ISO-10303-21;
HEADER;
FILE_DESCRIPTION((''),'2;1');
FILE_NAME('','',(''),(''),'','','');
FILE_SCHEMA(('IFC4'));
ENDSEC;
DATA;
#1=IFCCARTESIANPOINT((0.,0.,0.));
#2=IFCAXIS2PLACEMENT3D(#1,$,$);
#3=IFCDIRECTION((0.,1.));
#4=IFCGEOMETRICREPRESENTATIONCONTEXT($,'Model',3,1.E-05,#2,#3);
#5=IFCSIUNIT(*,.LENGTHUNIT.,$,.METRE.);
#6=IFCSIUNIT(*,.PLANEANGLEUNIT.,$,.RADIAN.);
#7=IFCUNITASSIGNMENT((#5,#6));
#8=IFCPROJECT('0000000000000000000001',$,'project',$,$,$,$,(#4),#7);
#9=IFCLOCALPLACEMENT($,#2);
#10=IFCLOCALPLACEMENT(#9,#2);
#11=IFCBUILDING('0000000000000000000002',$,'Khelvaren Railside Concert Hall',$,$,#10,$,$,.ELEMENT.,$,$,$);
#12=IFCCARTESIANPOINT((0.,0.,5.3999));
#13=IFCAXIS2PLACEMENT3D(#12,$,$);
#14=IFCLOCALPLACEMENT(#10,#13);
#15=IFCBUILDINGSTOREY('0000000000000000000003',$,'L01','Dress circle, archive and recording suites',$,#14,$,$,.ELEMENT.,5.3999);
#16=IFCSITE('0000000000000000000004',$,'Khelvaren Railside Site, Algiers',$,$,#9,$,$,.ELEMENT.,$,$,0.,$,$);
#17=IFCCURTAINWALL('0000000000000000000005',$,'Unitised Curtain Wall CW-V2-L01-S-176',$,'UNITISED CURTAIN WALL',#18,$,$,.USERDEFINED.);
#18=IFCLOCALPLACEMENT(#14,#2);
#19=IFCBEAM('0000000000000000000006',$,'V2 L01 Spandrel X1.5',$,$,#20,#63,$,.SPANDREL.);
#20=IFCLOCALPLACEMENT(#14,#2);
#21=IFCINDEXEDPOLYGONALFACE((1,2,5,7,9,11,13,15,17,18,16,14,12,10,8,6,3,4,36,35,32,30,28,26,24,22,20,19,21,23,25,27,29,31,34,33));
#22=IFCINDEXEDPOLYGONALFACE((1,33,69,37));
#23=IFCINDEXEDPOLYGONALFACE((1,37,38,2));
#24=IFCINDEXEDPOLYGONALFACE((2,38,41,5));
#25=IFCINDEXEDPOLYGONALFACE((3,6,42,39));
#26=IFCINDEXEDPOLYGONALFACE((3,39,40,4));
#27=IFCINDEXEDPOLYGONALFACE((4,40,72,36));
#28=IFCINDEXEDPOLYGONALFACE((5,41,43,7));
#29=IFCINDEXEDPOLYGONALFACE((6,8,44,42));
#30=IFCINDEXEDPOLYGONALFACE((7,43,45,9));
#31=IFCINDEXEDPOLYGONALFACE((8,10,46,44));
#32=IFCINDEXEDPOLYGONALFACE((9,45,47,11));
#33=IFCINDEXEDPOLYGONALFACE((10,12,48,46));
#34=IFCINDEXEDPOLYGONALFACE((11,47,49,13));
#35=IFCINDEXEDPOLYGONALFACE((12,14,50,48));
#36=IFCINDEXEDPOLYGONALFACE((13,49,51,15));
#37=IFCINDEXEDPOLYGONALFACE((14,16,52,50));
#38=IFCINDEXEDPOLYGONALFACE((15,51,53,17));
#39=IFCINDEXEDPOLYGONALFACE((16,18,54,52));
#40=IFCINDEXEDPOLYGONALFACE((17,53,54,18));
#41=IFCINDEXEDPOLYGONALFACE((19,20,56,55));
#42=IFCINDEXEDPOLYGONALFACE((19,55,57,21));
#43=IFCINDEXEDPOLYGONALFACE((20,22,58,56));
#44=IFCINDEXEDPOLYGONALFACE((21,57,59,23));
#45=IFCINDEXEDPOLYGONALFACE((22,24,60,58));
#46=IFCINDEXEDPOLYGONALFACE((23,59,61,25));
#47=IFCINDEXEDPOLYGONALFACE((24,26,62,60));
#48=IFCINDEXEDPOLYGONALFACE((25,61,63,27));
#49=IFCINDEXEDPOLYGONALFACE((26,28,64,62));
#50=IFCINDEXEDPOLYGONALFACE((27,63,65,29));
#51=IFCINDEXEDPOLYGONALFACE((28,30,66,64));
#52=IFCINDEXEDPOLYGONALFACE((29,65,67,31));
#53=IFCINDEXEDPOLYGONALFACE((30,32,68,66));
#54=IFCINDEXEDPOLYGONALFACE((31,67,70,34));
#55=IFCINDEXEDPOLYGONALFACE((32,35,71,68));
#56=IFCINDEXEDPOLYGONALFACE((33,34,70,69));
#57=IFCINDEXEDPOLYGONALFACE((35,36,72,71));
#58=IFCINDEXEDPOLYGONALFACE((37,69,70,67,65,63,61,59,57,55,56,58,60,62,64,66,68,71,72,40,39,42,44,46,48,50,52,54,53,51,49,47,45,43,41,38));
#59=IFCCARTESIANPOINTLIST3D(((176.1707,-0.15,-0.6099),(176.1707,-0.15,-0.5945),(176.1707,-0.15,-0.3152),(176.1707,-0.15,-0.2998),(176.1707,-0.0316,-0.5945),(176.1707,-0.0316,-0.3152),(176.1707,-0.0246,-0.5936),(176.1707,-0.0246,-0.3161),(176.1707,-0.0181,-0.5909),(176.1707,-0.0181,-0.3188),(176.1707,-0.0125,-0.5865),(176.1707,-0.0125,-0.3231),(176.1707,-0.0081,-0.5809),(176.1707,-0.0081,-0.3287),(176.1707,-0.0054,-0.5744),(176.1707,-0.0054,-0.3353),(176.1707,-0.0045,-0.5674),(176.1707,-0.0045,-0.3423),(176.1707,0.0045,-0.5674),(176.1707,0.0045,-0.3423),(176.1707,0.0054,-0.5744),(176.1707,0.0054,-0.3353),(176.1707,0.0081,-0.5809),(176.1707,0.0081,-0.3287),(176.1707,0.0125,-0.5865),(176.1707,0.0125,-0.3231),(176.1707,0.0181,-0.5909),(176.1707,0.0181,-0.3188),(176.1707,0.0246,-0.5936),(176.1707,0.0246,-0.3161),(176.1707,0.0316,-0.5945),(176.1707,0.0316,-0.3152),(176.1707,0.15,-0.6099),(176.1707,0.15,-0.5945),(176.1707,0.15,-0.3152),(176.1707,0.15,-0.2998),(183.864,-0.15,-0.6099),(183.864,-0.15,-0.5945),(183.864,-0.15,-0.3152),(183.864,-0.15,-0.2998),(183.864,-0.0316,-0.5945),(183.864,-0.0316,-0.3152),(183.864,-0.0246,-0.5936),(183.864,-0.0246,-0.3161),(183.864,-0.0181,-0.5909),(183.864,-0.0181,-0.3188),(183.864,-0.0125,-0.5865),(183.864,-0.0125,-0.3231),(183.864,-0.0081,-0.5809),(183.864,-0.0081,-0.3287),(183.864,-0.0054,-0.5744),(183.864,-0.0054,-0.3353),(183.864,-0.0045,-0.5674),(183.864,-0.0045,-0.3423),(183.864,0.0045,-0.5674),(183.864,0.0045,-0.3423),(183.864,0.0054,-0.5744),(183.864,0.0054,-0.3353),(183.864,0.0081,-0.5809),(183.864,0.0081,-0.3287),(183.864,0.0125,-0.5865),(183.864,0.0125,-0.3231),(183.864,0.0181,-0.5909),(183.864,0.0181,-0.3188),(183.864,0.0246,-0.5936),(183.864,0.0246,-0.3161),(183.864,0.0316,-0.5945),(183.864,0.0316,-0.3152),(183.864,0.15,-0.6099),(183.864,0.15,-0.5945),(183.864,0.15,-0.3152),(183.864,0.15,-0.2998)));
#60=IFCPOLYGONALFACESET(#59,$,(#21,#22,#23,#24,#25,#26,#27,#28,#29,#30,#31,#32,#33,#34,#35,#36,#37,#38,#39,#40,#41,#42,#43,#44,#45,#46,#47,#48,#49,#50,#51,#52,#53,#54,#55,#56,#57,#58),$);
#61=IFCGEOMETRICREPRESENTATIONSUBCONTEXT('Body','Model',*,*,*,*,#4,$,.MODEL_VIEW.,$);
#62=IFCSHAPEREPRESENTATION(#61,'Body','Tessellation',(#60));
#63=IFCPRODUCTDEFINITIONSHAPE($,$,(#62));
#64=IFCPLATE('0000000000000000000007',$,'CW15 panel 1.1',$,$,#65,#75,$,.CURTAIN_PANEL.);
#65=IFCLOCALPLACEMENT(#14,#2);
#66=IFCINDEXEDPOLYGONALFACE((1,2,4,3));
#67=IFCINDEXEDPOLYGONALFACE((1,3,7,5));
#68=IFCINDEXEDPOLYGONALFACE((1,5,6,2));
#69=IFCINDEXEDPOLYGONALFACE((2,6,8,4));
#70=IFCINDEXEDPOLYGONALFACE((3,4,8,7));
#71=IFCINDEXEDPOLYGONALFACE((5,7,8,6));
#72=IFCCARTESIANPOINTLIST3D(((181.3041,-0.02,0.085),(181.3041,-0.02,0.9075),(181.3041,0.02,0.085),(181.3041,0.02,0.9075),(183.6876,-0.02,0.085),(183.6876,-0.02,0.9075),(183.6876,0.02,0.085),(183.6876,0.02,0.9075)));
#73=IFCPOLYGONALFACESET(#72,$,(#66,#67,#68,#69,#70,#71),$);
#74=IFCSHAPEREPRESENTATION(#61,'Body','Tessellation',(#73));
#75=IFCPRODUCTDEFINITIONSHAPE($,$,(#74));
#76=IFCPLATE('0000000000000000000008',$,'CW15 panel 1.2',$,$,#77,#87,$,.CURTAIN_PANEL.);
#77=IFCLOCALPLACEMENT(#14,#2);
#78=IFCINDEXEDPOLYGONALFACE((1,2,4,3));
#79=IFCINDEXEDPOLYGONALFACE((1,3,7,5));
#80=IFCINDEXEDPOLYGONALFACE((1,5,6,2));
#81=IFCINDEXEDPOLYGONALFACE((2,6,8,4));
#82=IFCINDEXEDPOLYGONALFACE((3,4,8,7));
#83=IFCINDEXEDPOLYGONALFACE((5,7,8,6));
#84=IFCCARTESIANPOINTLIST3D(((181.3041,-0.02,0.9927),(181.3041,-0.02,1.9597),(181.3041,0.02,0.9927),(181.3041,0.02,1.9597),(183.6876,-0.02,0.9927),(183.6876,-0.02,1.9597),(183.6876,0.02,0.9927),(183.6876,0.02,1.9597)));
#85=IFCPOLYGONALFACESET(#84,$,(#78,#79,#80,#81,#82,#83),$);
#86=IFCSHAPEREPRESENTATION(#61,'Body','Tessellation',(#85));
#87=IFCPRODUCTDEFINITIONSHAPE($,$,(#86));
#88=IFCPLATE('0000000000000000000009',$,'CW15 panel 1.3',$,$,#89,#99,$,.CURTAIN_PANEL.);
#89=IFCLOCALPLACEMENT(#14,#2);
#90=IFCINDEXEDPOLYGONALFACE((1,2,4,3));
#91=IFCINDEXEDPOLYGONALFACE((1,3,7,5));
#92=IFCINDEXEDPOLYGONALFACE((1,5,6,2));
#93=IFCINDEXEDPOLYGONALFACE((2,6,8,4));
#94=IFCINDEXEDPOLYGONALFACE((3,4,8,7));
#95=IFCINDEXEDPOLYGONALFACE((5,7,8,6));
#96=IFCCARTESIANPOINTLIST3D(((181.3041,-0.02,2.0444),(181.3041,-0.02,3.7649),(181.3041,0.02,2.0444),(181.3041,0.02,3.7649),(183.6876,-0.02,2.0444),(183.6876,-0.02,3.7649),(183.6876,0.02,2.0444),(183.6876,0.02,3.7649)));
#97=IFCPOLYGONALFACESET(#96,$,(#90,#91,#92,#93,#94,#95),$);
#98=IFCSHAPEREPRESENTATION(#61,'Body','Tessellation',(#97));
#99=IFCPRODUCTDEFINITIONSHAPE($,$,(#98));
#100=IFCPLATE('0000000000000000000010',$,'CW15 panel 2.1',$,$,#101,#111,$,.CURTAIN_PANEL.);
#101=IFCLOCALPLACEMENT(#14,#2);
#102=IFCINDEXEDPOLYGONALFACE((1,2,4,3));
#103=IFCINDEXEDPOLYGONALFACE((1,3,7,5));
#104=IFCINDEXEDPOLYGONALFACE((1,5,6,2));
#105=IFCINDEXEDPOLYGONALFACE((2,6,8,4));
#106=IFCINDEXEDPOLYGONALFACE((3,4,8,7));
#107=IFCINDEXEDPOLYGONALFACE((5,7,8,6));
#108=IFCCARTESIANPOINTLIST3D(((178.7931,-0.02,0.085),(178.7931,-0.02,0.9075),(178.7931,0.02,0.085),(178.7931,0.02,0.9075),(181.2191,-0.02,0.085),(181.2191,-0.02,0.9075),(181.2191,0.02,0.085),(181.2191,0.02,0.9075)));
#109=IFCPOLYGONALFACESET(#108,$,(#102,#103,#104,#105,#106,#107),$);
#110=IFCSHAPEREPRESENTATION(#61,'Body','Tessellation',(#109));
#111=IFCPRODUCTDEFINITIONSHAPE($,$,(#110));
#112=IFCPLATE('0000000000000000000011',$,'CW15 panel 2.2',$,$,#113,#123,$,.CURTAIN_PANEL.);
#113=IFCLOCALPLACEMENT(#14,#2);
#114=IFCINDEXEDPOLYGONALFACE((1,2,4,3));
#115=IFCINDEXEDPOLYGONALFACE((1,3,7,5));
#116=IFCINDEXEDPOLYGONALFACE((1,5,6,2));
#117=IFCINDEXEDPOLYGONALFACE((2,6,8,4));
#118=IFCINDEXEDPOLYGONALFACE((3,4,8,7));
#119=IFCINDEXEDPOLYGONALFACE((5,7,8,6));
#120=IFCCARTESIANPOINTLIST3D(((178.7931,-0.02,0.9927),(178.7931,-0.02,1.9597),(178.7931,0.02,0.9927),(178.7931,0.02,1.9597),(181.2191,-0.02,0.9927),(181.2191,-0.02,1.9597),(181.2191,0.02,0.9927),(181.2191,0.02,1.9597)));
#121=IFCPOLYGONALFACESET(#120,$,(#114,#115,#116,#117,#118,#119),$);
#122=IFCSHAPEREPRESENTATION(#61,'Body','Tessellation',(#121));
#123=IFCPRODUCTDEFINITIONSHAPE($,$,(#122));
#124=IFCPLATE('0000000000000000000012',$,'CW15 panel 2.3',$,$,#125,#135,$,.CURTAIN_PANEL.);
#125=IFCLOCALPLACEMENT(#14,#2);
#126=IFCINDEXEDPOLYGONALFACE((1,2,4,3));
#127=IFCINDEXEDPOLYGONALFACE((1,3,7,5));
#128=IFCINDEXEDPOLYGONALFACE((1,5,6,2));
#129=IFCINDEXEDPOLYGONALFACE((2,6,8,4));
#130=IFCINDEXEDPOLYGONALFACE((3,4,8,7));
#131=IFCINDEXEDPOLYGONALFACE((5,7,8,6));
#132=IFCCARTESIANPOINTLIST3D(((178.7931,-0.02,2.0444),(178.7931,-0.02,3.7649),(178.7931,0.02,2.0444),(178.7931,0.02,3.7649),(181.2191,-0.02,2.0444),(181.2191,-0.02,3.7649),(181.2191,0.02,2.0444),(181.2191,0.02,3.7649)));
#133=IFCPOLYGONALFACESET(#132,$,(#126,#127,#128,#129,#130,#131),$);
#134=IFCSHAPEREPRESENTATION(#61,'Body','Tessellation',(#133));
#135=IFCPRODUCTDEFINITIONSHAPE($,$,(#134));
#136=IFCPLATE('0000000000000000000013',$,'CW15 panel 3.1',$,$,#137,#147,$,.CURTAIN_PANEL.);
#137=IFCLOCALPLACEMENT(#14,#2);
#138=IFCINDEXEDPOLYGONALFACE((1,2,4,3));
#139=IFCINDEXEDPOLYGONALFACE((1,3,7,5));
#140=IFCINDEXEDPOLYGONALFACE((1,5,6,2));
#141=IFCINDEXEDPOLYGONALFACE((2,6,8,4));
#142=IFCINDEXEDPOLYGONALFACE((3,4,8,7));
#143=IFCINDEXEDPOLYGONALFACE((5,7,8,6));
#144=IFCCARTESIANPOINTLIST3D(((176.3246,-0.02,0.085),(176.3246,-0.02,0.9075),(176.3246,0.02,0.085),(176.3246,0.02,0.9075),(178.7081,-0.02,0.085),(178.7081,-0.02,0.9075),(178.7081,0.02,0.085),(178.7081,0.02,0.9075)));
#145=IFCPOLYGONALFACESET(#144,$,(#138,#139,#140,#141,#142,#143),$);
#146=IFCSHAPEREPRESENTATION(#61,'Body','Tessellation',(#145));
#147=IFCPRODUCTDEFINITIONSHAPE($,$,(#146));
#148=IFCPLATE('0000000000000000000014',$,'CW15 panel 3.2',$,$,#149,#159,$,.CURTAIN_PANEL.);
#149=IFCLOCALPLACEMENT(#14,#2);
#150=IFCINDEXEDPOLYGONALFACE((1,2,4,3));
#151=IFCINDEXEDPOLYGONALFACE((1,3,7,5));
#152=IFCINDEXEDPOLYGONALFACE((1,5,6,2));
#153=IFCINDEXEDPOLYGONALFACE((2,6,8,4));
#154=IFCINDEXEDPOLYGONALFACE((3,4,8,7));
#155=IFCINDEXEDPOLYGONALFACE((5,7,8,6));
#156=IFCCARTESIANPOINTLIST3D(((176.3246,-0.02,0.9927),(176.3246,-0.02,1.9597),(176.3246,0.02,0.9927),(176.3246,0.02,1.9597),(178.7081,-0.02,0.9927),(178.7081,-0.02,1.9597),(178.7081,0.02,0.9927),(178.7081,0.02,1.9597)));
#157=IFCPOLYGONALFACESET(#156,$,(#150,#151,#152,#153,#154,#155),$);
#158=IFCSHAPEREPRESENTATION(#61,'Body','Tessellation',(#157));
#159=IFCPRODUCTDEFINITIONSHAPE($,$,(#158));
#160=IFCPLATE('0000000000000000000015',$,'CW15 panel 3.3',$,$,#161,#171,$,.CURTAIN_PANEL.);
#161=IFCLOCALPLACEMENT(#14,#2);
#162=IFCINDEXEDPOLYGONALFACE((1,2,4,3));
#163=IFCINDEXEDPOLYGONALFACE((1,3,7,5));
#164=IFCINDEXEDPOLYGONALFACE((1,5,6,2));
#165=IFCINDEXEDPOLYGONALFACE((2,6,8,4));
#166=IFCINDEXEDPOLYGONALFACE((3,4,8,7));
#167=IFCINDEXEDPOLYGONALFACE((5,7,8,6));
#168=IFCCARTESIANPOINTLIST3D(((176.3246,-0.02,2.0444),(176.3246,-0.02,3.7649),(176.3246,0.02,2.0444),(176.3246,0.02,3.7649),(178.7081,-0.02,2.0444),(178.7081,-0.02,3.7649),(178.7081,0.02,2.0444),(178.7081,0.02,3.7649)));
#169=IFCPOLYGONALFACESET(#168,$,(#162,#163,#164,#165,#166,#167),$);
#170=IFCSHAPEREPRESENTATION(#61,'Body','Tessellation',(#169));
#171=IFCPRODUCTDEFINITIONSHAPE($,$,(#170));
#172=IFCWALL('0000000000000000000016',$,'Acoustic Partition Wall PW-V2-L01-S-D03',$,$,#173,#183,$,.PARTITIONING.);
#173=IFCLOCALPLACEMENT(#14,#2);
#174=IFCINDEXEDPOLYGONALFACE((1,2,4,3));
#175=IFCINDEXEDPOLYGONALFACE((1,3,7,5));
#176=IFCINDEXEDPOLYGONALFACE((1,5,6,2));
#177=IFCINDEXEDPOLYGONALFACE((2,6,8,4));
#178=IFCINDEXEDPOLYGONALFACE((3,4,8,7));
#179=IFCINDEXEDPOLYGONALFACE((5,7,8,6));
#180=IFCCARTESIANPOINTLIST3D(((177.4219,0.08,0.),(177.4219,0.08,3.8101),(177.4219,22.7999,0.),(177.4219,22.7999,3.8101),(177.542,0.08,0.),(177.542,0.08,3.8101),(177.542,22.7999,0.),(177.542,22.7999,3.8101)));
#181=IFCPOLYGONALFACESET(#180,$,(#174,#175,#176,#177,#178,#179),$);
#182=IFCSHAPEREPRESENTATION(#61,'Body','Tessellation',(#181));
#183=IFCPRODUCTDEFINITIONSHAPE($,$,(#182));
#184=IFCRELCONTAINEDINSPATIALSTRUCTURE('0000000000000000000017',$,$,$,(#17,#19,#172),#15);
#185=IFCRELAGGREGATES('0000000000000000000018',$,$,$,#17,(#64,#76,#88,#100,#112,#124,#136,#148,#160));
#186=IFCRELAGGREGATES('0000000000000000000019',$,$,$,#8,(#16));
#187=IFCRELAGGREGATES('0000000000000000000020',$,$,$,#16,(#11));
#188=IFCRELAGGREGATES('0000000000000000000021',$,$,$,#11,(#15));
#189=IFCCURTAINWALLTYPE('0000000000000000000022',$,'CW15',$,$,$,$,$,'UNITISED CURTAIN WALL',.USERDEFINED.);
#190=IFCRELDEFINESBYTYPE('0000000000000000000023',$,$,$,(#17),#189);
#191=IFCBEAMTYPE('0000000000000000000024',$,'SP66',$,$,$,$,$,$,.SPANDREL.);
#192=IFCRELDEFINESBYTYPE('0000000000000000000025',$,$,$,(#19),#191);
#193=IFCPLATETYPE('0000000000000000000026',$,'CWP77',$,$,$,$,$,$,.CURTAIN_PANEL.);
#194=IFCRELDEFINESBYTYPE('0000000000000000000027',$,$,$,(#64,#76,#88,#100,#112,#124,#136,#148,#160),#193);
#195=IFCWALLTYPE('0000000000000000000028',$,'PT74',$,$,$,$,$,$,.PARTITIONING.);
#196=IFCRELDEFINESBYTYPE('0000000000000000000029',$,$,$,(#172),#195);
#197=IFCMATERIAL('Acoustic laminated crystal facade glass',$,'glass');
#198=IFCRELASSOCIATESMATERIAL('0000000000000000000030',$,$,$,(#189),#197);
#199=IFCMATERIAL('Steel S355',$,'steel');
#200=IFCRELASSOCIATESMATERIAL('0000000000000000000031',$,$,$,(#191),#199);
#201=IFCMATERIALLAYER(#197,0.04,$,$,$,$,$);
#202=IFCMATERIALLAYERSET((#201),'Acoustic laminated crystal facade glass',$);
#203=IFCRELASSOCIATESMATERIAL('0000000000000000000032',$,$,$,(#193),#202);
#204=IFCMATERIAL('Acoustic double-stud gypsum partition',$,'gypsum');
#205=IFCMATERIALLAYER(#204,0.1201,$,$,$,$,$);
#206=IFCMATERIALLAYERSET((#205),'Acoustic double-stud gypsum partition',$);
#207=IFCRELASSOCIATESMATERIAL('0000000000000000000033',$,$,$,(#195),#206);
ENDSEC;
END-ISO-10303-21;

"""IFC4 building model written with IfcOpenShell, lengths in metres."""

from ifc_helpers import new_model, si_unit, direction, frame, frame_2d, origin, origin_2d, place, context, subcontext, project, spatial, rectangle, i_section, extrude, material, layer, layer_set, material_profile, profile_set, type_object, element, aggregate, save


model = new_model("IFC4")

# Units and contexts
model_context = context("Model", 3, precision=1e-05, world=origin(), true_north=direction((0.0, 1.0)))
body_context = subcontext(model_context, "Body", "Model", "MODEL_VIEW")
ifc_project = project(units=[si_unit("LENGTHUNIT", "METRE"), si_unit("PLANEANGLEUNIT", "RADIAN")], contexts=[model_context])

# Site, building, storey
site_placement = place(None, origin())
site = spatial("IfcSite", under=ifc_project, at=site_placement, Name="Khelvaren Railside Site, Algiers", CompositionType="ELEMENT", RefElevation=0.0)
building_placement = place(site_placement, origin())
building = spatial("IfcBuilding", under=site, at=building_placement, Name="Khelvaren Railside Concert Hall", CompositionType="ELEMENT")
storey_placement = place(building_placement, frame((0.0, 0.0, 5.3999)))
storey = spatial("IfcBuildingStorey", under=building, at=storey_placement, Name="L01", Description="Dress circle, archive and recording suites", CompositionType="ELEMENT", Elevation=5.3999)

# Curtain wall
ifc_material_1 = material(Name="Acoustic laminated crystal facade glass", Category="glass")
curtain_wall_type = type_object("IfcCurtainWallType", Name="CW15", ElementType="UNITISED CURTAIN WALL", PredefinedType="USERDEFINED", material=ifc_material_1)
curtain_wall_placement = place(storey_placement, origin())
curtain_wall = element("IfcCurtainWall", 1, at=curtain_wall_placement, inside=storey, type_object=curtain_wall_type, Name="Unitised Curtain Wall CW-V2-L01-S-176", ObjectType="UNITISED CURTAIN WALL", PredefinedType="USERDEFINED")

# Beam
ifc_material_2 = material(Name="Steel S355", Category="steel")
ifc_material_profile_1 = material_profile(ifc_material_2, i_section(OverallWidth=0.3, OverallDepth=0.3101, WebThickness=0.009, FlangeThickness=0.0154, FilletRadius=0.0271, at=origin_2d()), Name="HEA 320")
ifc_profile_set_1 = profile_set([ifc_material_profile_1], Name="Steel S355")
beam_type_1 = type_object("IfcBeamType", Name="SP66", PredefinedType="SPANDREL", material=ifc_profile_set_1)
beam_1_placement = place(storey_placement, frame((176.1707, 0.0, -0.4548), z_axis=(1.0, 0.0, 0.0), x_axis=(0.0, 1.0, 0.0)))
element("IfcBeam", 2, at=beam_1_placement, inside=storey, type_object=beam_type_1, Name="V2 L01 Spandrel X1.5", PredefinedType="SPANDREL", context=body_context, shape_type="SweptSolid", body=[
    extrude(i_section(OverallWidth=0.3, OverallDepth=0.3101, WebThickness=0.009, FlangeThickness=0.0154, FilletRadius=0.0271, at=origin_2d()), origin(), (0.0, 0.0, 1.0), 7.6934),
])

# Plates
ifc_layer_1 = layer(ifc_material_1, 0.04)
ifc_layer_set_1 = layer_set([ifc_layer_1], Name="Acoustic laminated crystal facade glass")
plate_type = type_object("IfcPlateType", Name="CWP77", PredefinedType="CURTAIN_PANEL", material=ifc_layer_set_1)
plate_1_placement = place(storey_placement, frame((182.4958, 0.0, 0.085), z_axis=(0.0, 0.0, 1.0), x_axis=(-1.0, 0.0, 0.0)))
plate_1 = element("IfcPlate", 3, at=plate_1_placement, type_object=plate_type, Name="CW15 panel 1.1", PredefinedType="CURTAIN_PANEL", context=body_context, shape_type="SweptSolid", body=[
    extrude(rectangle(XDim=2.3835, YDim=0.04, at=origin_2d()), origin(), (0.0, 0.0, 1.0), 0.8225),
])
plate_2_placement = place(storey_placement, frame((182.4958, 0.0, 0.9927), z_axis=(0.0, 0.0, 1.0), x_axis=(-1.0, 0.0, 0.0)))
plate_2 = element("IfcPlate", 4, at=plate_2_placement, type_object=plate_type, Name="CW15 panel 1.2", PredefinedType="CURTAIN_PANEL", context=body_context, shape_type="SweptSolid", body=[
    extrude(rectangle(XDim=2.3835, YDim=0.04, at=origin_2d()), origin(), (0.0, 0.0, 1.0), 0.967),
])
plate_3_placement = place(storey_placement, frame((182.4958, 0.0, 2.0444), z_axis=(0.0, 0.0, 1.0), x_axis=(-1.0, 0.0, 0.0)))
plate_3 = element("IfcPlate", 5, at=plate_3_placement, type_object=plate_type, Name="CW15 panel 1.3", PredefinedType="CURTAIN_PANEL", context=body_context, shape_type="SweptSolid", body=[
    extrude(rectangle(XDim=2.3835, YDim=0.04, at=origin_2d()), origin(), (0.0, 0.0, 1.0), 1.7205),
])
plate_4_placement = place(storey_placement, frame((180.0061, 0.0, 0.085), z_axis=(0.0, 0.0, 1.0), x_axis=(-1.0, 0.0, 0.0)))
plate_4 = element("IfcPlate", 6, at=plate_4_placement, type_object=plate_type, Name="CW15 panel 2.1", PredefinedType="CURTAIN_PANEL", context=body_context, shape_type="SweptSolid", body=[
    extrude(rectangle(XDim=2.426, YDim=0.04, at=origin_2d()), origin(), (0.0, 0.0, 1.0), 0.8225),
])
plate_5_placement = place(storey_placement, frame((180.0061, 0.0, 0.9927), z_axis=(0.0, 0.0, 1.0), x_axis=(-1.0, 0.0, 0.0)))
plate_5 = element("IfcPlate", 7, at=plate_5_placement, type_object=plate_type, Name="CW15 panel 2.2", PredefinedType="CURTAIN_PANEL", context=body_context, shape_type="SweptSolid", body=[
    extrude(rectangle(XDim=2.426, YDim=0.04, at=origin_2d()), origin(), (0.0, 0.0, 1.0), 0.967),
])
plate_6_placement = place(storey_placement, frame((180.0061, 0.0, 2.0444), z_axis=(0.0, 0.0, 1.0), x_axis=(-1.0, 0.0, 0.0)))
plate_6 = element("IfcPlate", 8, at=plate_6_placement, type_object=plate_type, Name="CW15 panel 2.3", PredefinedType="CURTAIN_PANEL", context=body_context, shape_type="SweptSolid", body=[
    extrude(rectangle(XDim=2.426, YDim=0.04, at=origin_2d()), origin(), (0.0, 0.0, 1.0), 1.7205),
])
plate_7_placement = place(storey_placement, frame((177.5164, 0.0, 0.085), z_axis=(0.0, 0.0, 1.0), x_axis=(-1.0, 0.0, 0.0)))
plate_7 = element("IfcPlate", 9, at=plate_7_placement, type_object=plate_type, Name="CW15 panel 3.1", PredefinedType="CURTAIN_PANEL", context=body_context, shape_type="SweptSolid", body=[
    extrude(rectangle(XDim=2.3835, YDim=0.04, at=origin_2d()), origin(), (0.0, 0.0, 1.0), 0.8225),
])
plate_8_placement = place(storey_placement, frame((177.5164, 0.0, 0.9927), z_axis=(0.0, 0.0, 1.0), x_axis=(-1.0, 0.0, 0.0)))
plate_8 = element("IfcPlate", 10, at=plate_8_placement, type_object=plate_type, Name="CW15 panel 3.2", PredefinedType="CURTAIN_PANEL", context=body_context, shape_type="SweptSolid", body=[
    extrude(rectangle(XDim=2.3835, YDim=0.04, at=origin_2d()), origin(), (0.0, 0.0, 1.0), 0.967),
])
plate_9_placement = place(storey_placement, frame((177.5164, 0.0, 2.0444), z_axis=(0.0, 0.0, 1.0), x_axis=(-1.0, 0.0, 0.0)))
plate_9 = element("IfcPlate", 11, at=plate_9_placement, type_object=plate_type, Name="CW15 panel 3.3", PredefinedType="CURTAIN_PANEL", context=body_context, shape_type="SweptSolid", body=[
    extrude(rectangle(XDim=2.3835, YDim=0.04, at=origin_2d()), origin(), (0.0, 0.0, 1.0), 1.7205),
])
aggregate(curtain_wall, [plate_1, plate_2, plate_3, plate_4, plate_5, plate_6, plate_7, plate_8, plate_9])

# Wall
ifc_material_3 = material(Name="Acoustic double-stud gypsum partition", Category="gypsum")
ifc_layer_2 = layer(ifc_material_3, 0.1201)
ifc_layer_set_2 = layer_set([ifc_layer_2], Name="Acoustic double-stud gypsum partition")
wall_type = type_object("IfcWallType", Name="PT74", PredefinedType="PARTITIONING", material=ifc_layer_set_2)
wall_placement = place(storey_placement, frame((177.4819, 0.0801, 0.0), z_axis=(0.0, 0.0, 1.0), x_axis=(0.0, 1.0, 0.0)))
element("IfcWall", 12, at=wall_placement, inside=storey, type_object=wall_type, Name="Acoustic Partition Wall PW-V2-L01-S-D03", PredefinedType="PARTITIONING", context=body_context, shape_type="SweptSolid", body=[
    extrude(rectangle(XDim=22.72, YDim=0.1201, at=frame_2d((11.3599, 0.0))), origin(), (0.0, 0.0, 1.0), 3.8101),
])

save(model, "model.ifc")
